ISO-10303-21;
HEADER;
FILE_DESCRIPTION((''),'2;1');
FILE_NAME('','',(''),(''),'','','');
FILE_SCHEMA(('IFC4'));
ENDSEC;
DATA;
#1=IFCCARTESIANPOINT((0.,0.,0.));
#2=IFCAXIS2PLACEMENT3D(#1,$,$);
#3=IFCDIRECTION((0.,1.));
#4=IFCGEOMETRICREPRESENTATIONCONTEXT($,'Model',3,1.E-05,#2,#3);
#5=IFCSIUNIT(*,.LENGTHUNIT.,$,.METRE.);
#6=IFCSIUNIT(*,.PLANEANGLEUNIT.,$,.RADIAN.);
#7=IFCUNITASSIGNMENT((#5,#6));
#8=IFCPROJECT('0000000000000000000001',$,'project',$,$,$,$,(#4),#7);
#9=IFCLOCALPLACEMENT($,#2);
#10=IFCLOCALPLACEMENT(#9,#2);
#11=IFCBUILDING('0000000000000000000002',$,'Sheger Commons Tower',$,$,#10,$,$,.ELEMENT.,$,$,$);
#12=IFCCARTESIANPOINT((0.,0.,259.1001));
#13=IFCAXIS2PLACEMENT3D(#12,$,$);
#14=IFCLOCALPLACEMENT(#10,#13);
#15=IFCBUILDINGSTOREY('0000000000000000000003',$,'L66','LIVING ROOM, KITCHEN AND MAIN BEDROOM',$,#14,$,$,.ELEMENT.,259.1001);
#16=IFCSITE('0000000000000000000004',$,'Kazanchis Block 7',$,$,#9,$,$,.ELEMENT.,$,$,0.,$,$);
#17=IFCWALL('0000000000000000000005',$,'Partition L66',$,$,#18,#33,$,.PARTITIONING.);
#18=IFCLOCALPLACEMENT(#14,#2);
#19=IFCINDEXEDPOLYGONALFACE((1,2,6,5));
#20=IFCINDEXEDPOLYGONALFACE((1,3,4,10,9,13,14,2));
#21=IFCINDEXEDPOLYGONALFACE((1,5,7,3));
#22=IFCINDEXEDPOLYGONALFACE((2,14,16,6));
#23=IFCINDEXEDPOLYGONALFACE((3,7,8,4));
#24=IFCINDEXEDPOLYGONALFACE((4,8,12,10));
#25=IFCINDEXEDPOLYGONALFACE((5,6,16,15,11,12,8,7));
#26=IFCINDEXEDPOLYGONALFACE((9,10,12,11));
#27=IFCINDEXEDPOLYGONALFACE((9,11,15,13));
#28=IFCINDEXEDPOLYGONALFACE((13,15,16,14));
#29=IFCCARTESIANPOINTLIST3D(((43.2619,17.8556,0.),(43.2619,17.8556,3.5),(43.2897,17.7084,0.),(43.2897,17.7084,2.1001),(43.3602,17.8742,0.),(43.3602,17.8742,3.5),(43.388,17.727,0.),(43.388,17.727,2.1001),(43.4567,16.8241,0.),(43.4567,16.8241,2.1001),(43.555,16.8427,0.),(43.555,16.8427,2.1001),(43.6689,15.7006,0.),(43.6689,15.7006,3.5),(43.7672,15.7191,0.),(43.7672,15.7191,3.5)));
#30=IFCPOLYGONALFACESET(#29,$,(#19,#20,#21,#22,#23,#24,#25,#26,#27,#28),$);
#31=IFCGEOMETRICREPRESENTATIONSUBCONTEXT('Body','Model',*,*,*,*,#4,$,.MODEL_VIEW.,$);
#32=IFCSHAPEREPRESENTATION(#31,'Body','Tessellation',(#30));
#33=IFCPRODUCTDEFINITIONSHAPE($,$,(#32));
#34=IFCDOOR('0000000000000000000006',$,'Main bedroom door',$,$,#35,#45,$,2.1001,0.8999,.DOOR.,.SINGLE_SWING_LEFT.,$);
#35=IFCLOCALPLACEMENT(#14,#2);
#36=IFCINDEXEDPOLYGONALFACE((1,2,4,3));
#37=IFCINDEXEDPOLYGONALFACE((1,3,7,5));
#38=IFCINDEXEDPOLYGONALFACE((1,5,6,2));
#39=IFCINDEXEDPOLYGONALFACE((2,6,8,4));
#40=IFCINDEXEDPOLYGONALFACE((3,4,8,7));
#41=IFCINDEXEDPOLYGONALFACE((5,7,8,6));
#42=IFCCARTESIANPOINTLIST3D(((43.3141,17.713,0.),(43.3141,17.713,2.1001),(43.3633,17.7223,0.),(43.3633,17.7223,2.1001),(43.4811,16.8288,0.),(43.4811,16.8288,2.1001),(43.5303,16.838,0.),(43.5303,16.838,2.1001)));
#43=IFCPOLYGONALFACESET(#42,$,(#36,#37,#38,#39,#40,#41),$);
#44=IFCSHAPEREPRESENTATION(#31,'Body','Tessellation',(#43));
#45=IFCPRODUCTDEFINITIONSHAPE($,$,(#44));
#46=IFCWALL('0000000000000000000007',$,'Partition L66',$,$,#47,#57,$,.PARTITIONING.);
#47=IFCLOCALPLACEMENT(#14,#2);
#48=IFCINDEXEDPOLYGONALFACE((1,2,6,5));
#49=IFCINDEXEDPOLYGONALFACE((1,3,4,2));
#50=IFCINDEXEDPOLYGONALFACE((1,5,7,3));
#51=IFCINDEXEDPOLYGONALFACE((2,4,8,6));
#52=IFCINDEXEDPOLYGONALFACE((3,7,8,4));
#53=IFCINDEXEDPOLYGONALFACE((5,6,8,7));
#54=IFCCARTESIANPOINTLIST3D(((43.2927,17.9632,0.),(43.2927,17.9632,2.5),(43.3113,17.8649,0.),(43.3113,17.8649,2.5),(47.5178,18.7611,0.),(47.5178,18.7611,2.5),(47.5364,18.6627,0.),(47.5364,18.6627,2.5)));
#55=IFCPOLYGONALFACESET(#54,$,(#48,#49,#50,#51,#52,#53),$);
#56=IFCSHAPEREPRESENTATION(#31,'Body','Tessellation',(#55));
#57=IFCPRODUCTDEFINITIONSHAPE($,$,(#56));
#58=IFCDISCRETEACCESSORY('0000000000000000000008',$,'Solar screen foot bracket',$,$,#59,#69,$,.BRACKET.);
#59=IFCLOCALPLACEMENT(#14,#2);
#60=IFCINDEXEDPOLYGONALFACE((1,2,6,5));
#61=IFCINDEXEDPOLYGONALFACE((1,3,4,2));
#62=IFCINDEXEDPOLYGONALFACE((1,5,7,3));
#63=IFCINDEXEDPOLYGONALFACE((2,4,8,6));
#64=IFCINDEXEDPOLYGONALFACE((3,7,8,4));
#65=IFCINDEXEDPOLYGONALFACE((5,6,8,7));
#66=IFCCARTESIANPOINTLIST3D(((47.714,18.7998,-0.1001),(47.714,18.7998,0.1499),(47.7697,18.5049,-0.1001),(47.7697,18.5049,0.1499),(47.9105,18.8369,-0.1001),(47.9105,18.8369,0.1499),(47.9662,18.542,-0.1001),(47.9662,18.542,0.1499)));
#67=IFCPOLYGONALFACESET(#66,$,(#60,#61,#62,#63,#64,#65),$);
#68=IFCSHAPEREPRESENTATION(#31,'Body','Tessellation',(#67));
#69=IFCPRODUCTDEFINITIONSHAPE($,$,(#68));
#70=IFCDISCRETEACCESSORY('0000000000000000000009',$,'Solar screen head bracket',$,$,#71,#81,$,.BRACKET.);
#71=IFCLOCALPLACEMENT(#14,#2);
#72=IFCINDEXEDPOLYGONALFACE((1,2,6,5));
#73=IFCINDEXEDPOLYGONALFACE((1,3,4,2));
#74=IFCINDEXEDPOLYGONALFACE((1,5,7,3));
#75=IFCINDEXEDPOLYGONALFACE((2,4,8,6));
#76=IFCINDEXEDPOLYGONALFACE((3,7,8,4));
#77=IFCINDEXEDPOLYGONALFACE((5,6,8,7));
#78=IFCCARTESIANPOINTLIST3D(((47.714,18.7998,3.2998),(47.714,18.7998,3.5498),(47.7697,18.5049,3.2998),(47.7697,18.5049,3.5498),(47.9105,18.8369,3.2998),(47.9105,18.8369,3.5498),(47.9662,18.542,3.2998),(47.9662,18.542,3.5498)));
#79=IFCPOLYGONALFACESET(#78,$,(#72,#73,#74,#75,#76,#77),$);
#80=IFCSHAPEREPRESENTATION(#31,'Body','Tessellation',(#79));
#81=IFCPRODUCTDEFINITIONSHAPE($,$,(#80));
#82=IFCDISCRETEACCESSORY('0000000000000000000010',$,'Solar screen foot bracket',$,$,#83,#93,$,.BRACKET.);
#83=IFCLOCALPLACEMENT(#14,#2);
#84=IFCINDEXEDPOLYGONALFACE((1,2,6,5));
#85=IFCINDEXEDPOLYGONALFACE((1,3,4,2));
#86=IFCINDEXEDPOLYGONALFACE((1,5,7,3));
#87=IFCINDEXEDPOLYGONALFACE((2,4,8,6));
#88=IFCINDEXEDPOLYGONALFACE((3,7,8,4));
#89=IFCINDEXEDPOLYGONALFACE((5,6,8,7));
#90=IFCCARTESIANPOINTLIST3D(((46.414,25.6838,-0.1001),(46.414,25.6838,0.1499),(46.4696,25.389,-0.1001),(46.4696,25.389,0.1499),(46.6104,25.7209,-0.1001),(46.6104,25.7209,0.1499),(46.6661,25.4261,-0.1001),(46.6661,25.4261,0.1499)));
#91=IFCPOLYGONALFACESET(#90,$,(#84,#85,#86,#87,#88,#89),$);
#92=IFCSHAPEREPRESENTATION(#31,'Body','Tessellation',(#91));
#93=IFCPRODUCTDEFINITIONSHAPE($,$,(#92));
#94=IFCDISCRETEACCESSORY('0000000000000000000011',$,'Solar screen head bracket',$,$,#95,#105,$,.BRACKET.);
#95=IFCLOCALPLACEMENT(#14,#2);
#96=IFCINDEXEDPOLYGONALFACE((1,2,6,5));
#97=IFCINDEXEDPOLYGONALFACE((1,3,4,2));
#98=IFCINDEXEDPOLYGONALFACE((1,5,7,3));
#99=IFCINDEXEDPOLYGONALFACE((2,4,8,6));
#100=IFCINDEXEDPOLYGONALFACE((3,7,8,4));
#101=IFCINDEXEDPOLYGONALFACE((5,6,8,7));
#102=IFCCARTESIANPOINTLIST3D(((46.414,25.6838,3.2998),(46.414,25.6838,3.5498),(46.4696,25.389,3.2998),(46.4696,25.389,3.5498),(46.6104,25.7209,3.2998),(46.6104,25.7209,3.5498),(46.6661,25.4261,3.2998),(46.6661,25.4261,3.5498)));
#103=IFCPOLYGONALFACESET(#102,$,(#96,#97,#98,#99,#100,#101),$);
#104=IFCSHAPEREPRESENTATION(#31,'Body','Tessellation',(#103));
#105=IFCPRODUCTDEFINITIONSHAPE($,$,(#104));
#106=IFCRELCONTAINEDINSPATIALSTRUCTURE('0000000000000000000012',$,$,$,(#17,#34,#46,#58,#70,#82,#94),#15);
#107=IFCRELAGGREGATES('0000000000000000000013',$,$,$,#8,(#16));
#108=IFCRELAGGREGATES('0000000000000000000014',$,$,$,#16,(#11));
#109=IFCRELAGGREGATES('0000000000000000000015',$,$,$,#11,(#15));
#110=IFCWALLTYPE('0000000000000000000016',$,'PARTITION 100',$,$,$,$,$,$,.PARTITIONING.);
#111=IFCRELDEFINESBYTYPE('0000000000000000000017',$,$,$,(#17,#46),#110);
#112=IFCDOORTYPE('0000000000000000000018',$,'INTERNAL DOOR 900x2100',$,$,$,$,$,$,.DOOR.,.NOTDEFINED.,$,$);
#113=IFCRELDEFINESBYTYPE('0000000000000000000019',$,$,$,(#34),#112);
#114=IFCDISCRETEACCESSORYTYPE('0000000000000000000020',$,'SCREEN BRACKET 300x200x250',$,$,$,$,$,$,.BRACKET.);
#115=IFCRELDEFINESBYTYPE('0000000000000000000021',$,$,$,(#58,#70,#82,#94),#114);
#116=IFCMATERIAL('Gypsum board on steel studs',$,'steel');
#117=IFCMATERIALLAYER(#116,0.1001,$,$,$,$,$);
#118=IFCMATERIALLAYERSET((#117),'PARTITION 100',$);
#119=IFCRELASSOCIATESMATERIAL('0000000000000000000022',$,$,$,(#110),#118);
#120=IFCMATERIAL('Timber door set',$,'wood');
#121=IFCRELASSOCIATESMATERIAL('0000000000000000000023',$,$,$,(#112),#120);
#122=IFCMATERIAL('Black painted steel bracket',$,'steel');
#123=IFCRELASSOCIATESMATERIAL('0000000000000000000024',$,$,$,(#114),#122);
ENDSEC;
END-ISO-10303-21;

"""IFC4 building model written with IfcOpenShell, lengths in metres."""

from ifc_helpers import new_model, si_unit, direction, frame, frame_2d, origin, origin_2d, place, context, subcontext, project, spatial, rectangle, extrude, material, layer, layer_set, type_object, element, fill, save


model = new_model("IFC4")

# Units and contexts
model_context = context("Model", 3, precision=1e-05, world=origin(), true_north=direction((0.0, 1.0)))
body_context = subcontext(model_context, "Body", "Model", "MODEL_VIEW")
ifc_project = project(units=[si_unit("LENGTHUNIT", "METRE"), si_unit("PLANEANGLEUNIT", "RADIAN")], contexts=[model_context])

# Site, building, storey
site_placement = place(None, origin())
site = spatial("IfcSite", under=ifc_project, at=site_placement, Name="Kazanchis Block 7", CompositionType="ELEMENT", RefElevation=0.0)
building_placement = place(site_placement, origin())
building = spatial("IfcBuilding", under=site, at=building_placement, Name="Sheger Commons Tower", CompositionType="ELEMENT")
storey_placement = place(building_placement, frame((0.0, 0.0, 259.1001)))
storey = spatial("IfcBuildingStorey", under=building, at=storey_placement, Name="L66", Description="LIVING ROOM, KITCHEN AND MAIN BEDROOM", CompositionType="ELEMENT", Elevation=259.1001)

# Shared definitions
ifc_material_1 = material(Name="Gypsum board on steel studs", Category="steel")
ifc_layer_1 = layer(ifc_material_1, 0.1001)
ifc_layer_set_1 = layer_set([ifc_layer_1], Name="PARTITION 100")
wall_type_1 = type_object("IfcWallType", Name="PARTITION 100", PredefinedType="PARTITIONING", material=ifc_layer_set_1)

# Wall, opening, door
wall_1_placement = place(storey_placement, frame((43.311, 17.865, 0.0), z_axis=(0.0, 0.0, 1.0), x_axis=(0.185572, -0.982631, 0.0)))
wall_1 = element("IfcWall", 1, at=wall_1_placement, inside=storey, type_object=wall_type_1, Name="Partition L66", PredefinedType="PARTITIONING", context=body_context, shape_type="SweptSolid", body=[
    extrude(rectangle(XDim=2.1931, YDim=0.1001, at=frame_2d((1.0967, 0.0))), origin(), (0.0, 0.0, 1.0), 3.5),
])
opening_placement = place(wall_1_placement, frame((0.1499, 0.0, 0.0)))
opening = element("IfcOpeningElement", 2, at=opening_placement, cuts=wall_1, PredefinedType="OPENING", context=body_context, shape_type="SweptSolid", body=[
    extrude(rectangle(XDim=0.8999, YDim=2.1001, at=frame_2d((0.45, 1.05))), frame((0.0, 0.0601, 0.0), z_axis=(0.0, -1.0, 0.0), x_axis=(1.0, 0.0, 0.0)), (0.0, 0.0, 1.0), 0.1201),
])
ifc_material_2 = material(Name="Timber door set", Category="wood")
door_type = type_object("IfcDoorType", Name="INTERNAL DOOR 900x2100", OperationType="NOTDEFINED", PredefinedType="DOOR", material=ifc_material_2)
door_placement = place(opening_placement, origin())
door = element("IfcDoor", 3, at=door_placement, inside=storey, type_object=door_type, Name="Main bedroom door", OperationType="SINGLE_SWING_LEFT", OverallHeight=2.1001, OverallWidth=0.8999, PredefinedType="DOOR", context=body_context, shape_type="SweptSolid", body=[
    extrude(rectangle(XDim=0.8999, YDim=2.1001, at=frame_2d((0.45, 1.05))), frame((0.0, 0.0249, 0.0), z_axis=(0.0, -1.0, 0.0), x_axis=(1.0, 0.0, 0.0)), (0.0, 0.0, 1.0), 0.05),
])
fill(opening, door)

# Wall
wall_2_placement = place(storey_placement, frame((47.5271, 18.7119, 0.0), z_axis=(0.0, 0.0, 1.0), x_axis=(-0.982634, -0.185557, 0.0)))
element("IfcWall", 4, at=wall_2_placement, inside=storey, type_object=wall_type_1, Name="Partition L66", PredefinedType="PARTITIONING", context=body_context, shape_type="SweptSolid", body=[
    extrude(rectangle(XDim=4.2998, YDim=0.1001, at=frame_2d((2.1499, 0.0))), origin(), (0.0, 0.0, 1.0), 2.5),
])

# Discrete accessories
ifc_material_3 = material(Name="Black painted steel bracket", Category="steel")
discrete_accessory_type = type_object("IfcDiscreteAccessoryType", Name="SCREEN BRACKET 300x200x250", PredefinedType="BRACKET", material=ifc_material_3)
for number, where, z_axis, x_axis, name in (
    (5, (47.8401, 18.6709, -0.1001), (0.0, 0.0, 1.0), (-0.185615, 0.982623, 0.0), "Solar screen foot bracket"),
    (6, (47.8401, 18.6709, 3.2998), (0.0, 0.0, 1.0), (-0.185615, 0.982623, 0.0), "Solar screen head bracket"),
    (7, (46.54, 25.5549, -0.1001), (0.0, 0.0, 1.0), (-0.185615, 0.982623, 0.0), "Solar screen foot bracket"),
    (8, (46.54, 25.5549, 3.2998), (0.0, 0.0, 1.0), (-0.185615, 0.982623, 0.0), "Solar screen head bracket"),
):
    element("IfcDiscreteAccessory", number, at=place(storey_placement, frame(where, z_axis=z_axis, x_axis=x_axis)), inside=storey, type_object=discrete_accessory_type, Name=name, PredefinedType="BRACKET", context=body_context, shape_type="SweptSolid", body=[
        extrude(rectangle(XDim=0.3, YDim=0.2, at=origin_2d()), origin(), (0.0, 0.0, 1.0), 0.25),
    ])

save(model, "model.ifc")
